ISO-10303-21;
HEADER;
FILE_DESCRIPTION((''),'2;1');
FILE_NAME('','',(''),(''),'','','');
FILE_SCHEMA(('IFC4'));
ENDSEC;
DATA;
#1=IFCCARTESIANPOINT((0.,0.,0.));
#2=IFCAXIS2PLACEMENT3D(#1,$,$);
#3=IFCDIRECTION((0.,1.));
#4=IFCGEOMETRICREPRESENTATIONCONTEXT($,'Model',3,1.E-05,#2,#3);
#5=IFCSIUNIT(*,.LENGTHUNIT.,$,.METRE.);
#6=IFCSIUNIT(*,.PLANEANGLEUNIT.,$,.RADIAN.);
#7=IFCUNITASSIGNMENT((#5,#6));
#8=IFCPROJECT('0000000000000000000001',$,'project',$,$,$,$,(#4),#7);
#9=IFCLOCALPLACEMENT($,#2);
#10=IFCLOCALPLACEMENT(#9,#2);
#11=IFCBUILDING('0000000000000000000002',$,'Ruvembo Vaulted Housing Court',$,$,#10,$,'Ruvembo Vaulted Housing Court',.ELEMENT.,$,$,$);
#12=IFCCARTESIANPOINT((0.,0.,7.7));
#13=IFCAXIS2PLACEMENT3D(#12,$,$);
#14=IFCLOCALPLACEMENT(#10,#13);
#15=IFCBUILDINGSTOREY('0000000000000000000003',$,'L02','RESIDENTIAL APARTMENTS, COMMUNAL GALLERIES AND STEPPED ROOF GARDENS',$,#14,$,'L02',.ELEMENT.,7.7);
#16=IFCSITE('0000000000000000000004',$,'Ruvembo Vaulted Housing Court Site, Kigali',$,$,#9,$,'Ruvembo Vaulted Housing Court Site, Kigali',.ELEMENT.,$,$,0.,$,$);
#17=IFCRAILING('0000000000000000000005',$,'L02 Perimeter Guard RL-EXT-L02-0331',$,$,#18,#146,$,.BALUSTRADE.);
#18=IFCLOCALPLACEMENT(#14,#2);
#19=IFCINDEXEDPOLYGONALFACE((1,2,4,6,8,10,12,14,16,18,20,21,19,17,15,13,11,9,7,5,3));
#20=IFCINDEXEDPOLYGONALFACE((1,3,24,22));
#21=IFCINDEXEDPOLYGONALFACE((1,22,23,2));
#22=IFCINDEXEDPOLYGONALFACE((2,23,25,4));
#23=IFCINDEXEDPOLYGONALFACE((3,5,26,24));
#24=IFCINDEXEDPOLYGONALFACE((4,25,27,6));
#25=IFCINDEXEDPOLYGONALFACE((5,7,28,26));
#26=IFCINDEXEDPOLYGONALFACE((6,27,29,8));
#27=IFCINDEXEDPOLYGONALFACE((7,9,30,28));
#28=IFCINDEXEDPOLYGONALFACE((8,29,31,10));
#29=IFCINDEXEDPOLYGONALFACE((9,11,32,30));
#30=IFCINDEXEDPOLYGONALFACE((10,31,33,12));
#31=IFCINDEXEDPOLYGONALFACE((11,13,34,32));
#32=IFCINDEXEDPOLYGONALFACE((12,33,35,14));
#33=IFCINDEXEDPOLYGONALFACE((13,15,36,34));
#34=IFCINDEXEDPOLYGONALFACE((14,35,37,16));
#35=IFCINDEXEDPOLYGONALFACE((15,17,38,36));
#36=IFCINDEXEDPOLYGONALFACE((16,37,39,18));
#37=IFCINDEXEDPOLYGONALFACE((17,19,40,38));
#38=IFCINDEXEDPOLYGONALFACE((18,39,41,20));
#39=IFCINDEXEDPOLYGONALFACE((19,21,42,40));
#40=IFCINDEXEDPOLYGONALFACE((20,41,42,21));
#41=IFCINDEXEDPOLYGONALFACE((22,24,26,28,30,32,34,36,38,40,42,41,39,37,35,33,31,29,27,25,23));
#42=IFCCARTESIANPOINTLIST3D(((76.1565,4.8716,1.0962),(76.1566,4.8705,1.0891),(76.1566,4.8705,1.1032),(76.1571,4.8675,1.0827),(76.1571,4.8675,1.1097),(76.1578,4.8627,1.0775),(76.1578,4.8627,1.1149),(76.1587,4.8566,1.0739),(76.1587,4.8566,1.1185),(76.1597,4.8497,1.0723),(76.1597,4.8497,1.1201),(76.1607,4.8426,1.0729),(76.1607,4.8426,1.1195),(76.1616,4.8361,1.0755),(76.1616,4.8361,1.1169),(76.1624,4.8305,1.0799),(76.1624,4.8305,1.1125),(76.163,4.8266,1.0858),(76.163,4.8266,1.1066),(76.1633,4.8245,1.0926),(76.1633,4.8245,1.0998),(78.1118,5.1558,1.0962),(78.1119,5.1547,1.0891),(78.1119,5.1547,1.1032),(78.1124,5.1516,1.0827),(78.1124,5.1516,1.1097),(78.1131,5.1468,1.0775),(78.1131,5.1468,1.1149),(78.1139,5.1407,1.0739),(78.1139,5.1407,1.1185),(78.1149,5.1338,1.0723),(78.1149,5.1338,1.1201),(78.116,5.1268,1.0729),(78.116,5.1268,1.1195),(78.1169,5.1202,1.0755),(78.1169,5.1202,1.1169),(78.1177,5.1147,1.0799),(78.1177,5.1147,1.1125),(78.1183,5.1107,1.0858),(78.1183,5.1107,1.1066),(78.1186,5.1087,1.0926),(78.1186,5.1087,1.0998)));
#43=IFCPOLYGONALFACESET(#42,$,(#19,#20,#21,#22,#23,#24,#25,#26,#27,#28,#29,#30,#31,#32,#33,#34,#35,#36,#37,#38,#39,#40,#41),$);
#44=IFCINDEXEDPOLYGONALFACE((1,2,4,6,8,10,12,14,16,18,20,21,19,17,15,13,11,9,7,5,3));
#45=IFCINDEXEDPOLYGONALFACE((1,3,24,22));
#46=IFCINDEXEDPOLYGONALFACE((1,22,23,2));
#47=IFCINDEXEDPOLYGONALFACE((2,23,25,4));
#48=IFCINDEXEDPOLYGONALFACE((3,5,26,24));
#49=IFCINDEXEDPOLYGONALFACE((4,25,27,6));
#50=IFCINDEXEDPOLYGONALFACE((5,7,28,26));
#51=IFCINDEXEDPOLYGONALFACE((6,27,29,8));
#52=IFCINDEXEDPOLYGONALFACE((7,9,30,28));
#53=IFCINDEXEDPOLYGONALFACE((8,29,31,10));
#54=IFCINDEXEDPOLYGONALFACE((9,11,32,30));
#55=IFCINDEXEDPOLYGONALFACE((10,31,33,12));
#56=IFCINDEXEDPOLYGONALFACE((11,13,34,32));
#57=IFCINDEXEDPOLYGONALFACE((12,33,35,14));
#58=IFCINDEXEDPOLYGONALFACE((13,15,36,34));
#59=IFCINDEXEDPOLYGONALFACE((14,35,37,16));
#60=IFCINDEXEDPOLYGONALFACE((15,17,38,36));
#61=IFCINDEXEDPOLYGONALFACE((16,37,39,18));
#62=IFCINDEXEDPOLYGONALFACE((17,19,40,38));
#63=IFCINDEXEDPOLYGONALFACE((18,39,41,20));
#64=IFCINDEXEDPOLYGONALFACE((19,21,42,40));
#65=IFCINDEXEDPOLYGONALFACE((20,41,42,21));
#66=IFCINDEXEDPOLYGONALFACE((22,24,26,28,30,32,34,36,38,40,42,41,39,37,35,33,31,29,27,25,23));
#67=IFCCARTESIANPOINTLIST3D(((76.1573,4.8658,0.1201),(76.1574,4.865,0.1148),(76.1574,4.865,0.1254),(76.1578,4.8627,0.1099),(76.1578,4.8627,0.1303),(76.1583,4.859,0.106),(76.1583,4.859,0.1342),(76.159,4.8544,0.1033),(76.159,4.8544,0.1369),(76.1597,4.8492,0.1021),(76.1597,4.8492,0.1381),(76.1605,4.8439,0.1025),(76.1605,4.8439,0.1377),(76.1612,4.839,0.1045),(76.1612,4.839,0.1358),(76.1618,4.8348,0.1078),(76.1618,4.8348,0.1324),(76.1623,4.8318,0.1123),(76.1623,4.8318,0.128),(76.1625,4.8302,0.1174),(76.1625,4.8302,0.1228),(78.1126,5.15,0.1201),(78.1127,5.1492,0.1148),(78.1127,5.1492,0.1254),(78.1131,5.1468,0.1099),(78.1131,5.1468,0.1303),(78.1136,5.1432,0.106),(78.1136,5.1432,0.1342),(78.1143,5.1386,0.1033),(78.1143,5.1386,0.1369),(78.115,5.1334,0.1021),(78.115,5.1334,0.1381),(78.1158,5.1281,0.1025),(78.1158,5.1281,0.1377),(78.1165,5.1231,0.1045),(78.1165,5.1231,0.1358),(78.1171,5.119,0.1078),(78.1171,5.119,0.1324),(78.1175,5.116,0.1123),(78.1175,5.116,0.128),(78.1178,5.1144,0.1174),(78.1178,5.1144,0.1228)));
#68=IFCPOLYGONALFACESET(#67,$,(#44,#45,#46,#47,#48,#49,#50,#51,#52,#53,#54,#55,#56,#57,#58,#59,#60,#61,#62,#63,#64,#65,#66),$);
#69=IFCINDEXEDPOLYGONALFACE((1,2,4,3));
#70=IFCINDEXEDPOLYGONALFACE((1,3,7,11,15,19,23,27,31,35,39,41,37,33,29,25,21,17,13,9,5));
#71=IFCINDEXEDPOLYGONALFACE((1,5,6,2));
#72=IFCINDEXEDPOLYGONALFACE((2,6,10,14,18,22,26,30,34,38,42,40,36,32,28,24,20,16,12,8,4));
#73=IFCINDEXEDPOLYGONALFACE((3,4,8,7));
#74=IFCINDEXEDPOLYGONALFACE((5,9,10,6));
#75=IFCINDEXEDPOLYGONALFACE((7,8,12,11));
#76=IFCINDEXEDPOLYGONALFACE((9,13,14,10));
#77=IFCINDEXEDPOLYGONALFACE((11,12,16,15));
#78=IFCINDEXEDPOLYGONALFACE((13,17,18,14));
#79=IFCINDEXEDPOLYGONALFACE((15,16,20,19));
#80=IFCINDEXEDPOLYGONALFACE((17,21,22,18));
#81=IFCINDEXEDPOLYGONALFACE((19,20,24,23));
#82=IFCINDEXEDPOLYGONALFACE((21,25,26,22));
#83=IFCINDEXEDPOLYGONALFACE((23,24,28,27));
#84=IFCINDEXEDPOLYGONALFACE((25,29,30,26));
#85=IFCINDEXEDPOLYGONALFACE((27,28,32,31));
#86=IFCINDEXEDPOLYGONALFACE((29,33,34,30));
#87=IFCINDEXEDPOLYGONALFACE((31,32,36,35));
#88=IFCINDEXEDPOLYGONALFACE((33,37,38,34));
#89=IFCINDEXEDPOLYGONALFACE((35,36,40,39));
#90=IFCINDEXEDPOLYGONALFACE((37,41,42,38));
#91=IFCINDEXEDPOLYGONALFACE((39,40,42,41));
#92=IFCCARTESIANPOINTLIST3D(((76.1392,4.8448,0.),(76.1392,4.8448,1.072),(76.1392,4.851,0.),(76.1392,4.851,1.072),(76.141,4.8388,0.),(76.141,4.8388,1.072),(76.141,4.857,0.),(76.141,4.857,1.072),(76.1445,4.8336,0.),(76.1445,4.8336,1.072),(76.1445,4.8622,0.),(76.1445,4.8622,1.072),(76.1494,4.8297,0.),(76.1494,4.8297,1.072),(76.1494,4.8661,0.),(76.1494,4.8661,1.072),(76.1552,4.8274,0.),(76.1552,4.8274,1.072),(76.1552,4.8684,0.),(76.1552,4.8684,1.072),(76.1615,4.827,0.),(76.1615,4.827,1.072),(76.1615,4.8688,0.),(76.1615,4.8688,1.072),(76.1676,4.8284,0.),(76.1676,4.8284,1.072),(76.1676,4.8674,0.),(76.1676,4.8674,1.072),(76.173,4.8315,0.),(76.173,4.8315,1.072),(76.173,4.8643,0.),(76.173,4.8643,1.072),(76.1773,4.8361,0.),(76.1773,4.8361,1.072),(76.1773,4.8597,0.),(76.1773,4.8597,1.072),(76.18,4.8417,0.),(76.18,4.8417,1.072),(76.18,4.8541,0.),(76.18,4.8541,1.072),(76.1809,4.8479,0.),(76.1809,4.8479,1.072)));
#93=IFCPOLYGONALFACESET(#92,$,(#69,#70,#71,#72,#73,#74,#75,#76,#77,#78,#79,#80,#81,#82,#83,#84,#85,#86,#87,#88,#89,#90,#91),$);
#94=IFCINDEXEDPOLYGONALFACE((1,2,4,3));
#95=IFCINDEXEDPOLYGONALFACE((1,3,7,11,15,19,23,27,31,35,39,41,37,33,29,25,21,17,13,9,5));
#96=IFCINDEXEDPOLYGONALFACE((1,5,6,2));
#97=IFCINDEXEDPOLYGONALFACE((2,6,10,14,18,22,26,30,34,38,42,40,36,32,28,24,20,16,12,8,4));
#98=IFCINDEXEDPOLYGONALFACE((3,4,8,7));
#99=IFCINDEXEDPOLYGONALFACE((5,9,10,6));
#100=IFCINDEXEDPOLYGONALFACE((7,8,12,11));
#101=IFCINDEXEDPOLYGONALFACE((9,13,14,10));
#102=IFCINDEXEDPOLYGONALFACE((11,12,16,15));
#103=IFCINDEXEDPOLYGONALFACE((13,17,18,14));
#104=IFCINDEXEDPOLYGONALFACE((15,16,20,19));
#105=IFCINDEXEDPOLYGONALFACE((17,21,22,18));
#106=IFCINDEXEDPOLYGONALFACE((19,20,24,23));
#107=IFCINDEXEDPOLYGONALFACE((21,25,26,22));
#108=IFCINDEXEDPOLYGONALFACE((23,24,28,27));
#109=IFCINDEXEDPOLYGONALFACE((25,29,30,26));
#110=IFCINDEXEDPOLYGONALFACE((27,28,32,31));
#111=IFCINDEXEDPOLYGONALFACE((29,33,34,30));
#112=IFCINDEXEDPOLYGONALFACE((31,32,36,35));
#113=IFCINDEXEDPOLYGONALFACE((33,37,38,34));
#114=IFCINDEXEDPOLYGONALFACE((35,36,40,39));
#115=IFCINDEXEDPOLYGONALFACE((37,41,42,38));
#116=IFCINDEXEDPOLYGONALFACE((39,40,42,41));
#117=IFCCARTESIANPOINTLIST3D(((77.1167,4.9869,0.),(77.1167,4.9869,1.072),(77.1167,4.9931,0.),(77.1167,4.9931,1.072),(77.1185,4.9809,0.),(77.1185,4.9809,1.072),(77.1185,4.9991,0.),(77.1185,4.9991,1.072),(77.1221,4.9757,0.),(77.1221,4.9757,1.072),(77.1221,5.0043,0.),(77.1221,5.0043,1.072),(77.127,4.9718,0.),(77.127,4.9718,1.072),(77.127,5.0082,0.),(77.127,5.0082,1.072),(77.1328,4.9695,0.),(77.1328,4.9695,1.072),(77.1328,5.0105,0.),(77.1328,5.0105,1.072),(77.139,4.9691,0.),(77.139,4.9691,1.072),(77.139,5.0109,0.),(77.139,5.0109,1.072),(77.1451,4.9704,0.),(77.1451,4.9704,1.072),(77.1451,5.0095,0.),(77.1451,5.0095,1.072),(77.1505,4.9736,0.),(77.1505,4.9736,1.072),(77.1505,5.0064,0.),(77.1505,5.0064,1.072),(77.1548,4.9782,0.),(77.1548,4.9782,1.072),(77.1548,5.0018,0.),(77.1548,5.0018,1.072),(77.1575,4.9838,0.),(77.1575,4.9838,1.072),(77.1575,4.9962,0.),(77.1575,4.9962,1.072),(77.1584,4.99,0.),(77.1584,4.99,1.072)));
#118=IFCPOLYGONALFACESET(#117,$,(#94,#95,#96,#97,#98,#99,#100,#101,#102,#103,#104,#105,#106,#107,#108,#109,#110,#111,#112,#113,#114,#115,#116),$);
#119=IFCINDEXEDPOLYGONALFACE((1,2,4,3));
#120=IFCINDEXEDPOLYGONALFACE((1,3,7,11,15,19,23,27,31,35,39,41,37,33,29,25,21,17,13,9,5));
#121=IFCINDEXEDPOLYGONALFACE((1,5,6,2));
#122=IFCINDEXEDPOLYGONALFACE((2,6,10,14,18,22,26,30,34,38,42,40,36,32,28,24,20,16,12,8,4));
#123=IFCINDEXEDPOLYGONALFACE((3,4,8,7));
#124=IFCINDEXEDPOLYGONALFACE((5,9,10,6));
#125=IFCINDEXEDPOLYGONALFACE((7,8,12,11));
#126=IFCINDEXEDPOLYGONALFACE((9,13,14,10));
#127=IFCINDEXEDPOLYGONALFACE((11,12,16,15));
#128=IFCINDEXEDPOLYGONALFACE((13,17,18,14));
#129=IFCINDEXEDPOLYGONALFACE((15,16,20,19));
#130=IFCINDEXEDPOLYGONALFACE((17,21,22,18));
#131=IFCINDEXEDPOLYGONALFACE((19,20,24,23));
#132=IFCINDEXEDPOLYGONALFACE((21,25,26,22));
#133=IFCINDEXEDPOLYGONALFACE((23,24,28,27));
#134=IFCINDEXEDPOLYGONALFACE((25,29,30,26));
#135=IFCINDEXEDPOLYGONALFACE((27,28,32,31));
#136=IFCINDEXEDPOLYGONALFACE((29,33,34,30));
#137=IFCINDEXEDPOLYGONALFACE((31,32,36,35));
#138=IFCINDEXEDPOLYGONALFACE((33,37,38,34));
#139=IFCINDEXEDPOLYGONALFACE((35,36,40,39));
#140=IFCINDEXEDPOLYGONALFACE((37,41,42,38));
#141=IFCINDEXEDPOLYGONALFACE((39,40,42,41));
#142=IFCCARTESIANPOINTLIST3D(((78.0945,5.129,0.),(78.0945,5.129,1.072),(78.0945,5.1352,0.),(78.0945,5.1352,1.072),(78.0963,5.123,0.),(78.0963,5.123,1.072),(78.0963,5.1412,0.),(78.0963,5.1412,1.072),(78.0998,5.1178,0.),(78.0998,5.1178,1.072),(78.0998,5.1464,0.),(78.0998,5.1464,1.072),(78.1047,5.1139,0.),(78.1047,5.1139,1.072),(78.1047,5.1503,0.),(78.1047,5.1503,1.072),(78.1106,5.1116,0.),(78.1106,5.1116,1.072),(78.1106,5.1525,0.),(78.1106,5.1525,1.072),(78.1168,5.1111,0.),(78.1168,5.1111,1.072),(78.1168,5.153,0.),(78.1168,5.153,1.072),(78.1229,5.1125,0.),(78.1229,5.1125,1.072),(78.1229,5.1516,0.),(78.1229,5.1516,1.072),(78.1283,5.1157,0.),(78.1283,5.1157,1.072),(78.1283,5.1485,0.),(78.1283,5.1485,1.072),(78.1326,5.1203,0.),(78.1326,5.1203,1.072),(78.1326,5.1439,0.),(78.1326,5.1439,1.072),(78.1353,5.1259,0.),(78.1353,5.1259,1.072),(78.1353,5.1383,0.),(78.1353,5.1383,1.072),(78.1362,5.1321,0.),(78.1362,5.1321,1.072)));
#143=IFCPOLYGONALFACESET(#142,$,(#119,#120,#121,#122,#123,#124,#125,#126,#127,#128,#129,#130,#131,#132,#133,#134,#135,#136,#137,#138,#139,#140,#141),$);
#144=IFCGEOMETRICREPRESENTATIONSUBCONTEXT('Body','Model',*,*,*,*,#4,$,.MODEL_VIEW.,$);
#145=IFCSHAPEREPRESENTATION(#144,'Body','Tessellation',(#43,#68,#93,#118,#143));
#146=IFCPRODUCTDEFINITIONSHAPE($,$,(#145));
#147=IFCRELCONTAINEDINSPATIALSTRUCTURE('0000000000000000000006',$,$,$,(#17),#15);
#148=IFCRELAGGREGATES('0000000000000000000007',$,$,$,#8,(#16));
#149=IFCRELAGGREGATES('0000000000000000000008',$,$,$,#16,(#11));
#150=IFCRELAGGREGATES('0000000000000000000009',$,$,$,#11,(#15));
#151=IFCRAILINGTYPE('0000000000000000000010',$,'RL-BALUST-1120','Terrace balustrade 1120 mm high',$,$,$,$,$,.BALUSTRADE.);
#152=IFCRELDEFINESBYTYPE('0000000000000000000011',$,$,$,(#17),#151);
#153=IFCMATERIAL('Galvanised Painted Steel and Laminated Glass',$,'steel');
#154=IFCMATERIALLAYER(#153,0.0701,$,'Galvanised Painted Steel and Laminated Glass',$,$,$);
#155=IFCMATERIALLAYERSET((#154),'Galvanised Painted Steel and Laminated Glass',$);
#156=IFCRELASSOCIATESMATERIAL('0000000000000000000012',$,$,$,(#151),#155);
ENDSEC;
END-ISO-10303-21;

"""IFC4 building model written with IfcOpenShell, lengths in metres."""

from ifc_helpers import new_model, si_unit, direction, frame, origin, origin_2d, place, context, subcontext, project, spatial, circle, extrude, material, layer, layer_set, type_object, element, save


model = new_model("IFC4")

# Units and contexts
model_context = context("Model", 3, precision=1e-05, world=origin(), true_north=direction((0.0, 1.0)))
body_context = subcontext(model_context, "Body", "Model", "MODEL_VIEW")
ifc_project = project(units=[si_unit("LENGTHUNIT", "METRE"), si_unit("PLANEANGLEUNIT", "RADIAN")], contexts=[model_context])

# Site, building, storey
site_placement = place(None, origin())
site = spatial("IfcSite", under=ifc_project, at=site_placement, Name="Ruvembo Vaulted Housing Court Site, Kigali", LongName="Ruvembo Vaulted Housing Court Site, Kigali", CompositionType="ELEMENT", RefElevation=0.0)
building_placement = place(site_placement, origin())
building = spatial("IfcBuilding", under=site, at=building_placement, Name="Ruvembo Vaulted Housing Court", LongName="Ruvembo Vaulted Housing Court", CompositionType="ELEMENT")
storey_placement = place(building_placement, frame((0.0, 0.0, 7.7)))
storey = spatial("IfcBuildingStorey", under=building, at=storey_placement, Name="L02", Description="RESIDENTIAL APARTMENTS, COMMUNAL GALLERIES AND STEPPED ROOF GARDENS", LongName="L02", CompositionType="ELEMENT", Elevation=7.7)

# Railing
ifc_material_1 = material(Name="Galvanised Painted Steel and Laminated Glass", Category="steel")
ifc_layer_1 = layer(ifc_material_1, 0.0701, Name="Galvanised Painted Steel and Laminated Glass")
ifc_layer_set_1 = layer_set([ifc_layer_1], Name="Galvanised Painted Steel and Laminated Glass")
railing_type = type_object("IfcRailingType", Name="RL-BALUST-1120", Description="Terrace balustrade 1120 mm high", PredefinedType="BALUSTRADE", material=ifc_layer_set_1)
railing_1_placement = place(storey_placement, frame((76.1599, 4.8479, 0.0)))
element("IfcRailing", 1, at=railing_1_placement, inside=storey, type_object=railing_type, Name="L02 Perimeter Guard RL-EXT-L02-0331", PredefinedType="BALUSTRADE", context=body_context, shape_type="SweptSolid", body=[
    extrude(circle(Radius=0.0239, at=origin_2d()), frame((0.0, 0.0, 1.0962), z_axis=(0.989603, 0.143825, 0.0), x_axis=(-0.143825, 0.989603, 0.0)), (0.0, 0.0, 1.0), 1.9758),
    extrude(circle(Radius=0.0181, at=origin_2d()), frame((0.0, 0.0, 0.1201), z_axis=(0.989603, 0.143825, 0.0), x_axis=(-0.143825, 0.989603, 0.0)), (0.0, 0.0, 1.0), 1.9758),
    extrude(circle(Radius=0.021, at=origin_2d()), origin(), (0.0, 0.0, 1.0), 1.072),
    extrude(circle(Radius=0.021, at=origin_2d()), frame((0.9775, 0.1421, 0.0)), (0.0, 0.0, 1.0), 1.072),
    extrude(circle(Radius=0.021, at=origin_2d()), frame((1.9553, 0.2842, 0.0)), (0.0, 0.0, 1.0), 1.072),
])

save(model, "model.ifc")
